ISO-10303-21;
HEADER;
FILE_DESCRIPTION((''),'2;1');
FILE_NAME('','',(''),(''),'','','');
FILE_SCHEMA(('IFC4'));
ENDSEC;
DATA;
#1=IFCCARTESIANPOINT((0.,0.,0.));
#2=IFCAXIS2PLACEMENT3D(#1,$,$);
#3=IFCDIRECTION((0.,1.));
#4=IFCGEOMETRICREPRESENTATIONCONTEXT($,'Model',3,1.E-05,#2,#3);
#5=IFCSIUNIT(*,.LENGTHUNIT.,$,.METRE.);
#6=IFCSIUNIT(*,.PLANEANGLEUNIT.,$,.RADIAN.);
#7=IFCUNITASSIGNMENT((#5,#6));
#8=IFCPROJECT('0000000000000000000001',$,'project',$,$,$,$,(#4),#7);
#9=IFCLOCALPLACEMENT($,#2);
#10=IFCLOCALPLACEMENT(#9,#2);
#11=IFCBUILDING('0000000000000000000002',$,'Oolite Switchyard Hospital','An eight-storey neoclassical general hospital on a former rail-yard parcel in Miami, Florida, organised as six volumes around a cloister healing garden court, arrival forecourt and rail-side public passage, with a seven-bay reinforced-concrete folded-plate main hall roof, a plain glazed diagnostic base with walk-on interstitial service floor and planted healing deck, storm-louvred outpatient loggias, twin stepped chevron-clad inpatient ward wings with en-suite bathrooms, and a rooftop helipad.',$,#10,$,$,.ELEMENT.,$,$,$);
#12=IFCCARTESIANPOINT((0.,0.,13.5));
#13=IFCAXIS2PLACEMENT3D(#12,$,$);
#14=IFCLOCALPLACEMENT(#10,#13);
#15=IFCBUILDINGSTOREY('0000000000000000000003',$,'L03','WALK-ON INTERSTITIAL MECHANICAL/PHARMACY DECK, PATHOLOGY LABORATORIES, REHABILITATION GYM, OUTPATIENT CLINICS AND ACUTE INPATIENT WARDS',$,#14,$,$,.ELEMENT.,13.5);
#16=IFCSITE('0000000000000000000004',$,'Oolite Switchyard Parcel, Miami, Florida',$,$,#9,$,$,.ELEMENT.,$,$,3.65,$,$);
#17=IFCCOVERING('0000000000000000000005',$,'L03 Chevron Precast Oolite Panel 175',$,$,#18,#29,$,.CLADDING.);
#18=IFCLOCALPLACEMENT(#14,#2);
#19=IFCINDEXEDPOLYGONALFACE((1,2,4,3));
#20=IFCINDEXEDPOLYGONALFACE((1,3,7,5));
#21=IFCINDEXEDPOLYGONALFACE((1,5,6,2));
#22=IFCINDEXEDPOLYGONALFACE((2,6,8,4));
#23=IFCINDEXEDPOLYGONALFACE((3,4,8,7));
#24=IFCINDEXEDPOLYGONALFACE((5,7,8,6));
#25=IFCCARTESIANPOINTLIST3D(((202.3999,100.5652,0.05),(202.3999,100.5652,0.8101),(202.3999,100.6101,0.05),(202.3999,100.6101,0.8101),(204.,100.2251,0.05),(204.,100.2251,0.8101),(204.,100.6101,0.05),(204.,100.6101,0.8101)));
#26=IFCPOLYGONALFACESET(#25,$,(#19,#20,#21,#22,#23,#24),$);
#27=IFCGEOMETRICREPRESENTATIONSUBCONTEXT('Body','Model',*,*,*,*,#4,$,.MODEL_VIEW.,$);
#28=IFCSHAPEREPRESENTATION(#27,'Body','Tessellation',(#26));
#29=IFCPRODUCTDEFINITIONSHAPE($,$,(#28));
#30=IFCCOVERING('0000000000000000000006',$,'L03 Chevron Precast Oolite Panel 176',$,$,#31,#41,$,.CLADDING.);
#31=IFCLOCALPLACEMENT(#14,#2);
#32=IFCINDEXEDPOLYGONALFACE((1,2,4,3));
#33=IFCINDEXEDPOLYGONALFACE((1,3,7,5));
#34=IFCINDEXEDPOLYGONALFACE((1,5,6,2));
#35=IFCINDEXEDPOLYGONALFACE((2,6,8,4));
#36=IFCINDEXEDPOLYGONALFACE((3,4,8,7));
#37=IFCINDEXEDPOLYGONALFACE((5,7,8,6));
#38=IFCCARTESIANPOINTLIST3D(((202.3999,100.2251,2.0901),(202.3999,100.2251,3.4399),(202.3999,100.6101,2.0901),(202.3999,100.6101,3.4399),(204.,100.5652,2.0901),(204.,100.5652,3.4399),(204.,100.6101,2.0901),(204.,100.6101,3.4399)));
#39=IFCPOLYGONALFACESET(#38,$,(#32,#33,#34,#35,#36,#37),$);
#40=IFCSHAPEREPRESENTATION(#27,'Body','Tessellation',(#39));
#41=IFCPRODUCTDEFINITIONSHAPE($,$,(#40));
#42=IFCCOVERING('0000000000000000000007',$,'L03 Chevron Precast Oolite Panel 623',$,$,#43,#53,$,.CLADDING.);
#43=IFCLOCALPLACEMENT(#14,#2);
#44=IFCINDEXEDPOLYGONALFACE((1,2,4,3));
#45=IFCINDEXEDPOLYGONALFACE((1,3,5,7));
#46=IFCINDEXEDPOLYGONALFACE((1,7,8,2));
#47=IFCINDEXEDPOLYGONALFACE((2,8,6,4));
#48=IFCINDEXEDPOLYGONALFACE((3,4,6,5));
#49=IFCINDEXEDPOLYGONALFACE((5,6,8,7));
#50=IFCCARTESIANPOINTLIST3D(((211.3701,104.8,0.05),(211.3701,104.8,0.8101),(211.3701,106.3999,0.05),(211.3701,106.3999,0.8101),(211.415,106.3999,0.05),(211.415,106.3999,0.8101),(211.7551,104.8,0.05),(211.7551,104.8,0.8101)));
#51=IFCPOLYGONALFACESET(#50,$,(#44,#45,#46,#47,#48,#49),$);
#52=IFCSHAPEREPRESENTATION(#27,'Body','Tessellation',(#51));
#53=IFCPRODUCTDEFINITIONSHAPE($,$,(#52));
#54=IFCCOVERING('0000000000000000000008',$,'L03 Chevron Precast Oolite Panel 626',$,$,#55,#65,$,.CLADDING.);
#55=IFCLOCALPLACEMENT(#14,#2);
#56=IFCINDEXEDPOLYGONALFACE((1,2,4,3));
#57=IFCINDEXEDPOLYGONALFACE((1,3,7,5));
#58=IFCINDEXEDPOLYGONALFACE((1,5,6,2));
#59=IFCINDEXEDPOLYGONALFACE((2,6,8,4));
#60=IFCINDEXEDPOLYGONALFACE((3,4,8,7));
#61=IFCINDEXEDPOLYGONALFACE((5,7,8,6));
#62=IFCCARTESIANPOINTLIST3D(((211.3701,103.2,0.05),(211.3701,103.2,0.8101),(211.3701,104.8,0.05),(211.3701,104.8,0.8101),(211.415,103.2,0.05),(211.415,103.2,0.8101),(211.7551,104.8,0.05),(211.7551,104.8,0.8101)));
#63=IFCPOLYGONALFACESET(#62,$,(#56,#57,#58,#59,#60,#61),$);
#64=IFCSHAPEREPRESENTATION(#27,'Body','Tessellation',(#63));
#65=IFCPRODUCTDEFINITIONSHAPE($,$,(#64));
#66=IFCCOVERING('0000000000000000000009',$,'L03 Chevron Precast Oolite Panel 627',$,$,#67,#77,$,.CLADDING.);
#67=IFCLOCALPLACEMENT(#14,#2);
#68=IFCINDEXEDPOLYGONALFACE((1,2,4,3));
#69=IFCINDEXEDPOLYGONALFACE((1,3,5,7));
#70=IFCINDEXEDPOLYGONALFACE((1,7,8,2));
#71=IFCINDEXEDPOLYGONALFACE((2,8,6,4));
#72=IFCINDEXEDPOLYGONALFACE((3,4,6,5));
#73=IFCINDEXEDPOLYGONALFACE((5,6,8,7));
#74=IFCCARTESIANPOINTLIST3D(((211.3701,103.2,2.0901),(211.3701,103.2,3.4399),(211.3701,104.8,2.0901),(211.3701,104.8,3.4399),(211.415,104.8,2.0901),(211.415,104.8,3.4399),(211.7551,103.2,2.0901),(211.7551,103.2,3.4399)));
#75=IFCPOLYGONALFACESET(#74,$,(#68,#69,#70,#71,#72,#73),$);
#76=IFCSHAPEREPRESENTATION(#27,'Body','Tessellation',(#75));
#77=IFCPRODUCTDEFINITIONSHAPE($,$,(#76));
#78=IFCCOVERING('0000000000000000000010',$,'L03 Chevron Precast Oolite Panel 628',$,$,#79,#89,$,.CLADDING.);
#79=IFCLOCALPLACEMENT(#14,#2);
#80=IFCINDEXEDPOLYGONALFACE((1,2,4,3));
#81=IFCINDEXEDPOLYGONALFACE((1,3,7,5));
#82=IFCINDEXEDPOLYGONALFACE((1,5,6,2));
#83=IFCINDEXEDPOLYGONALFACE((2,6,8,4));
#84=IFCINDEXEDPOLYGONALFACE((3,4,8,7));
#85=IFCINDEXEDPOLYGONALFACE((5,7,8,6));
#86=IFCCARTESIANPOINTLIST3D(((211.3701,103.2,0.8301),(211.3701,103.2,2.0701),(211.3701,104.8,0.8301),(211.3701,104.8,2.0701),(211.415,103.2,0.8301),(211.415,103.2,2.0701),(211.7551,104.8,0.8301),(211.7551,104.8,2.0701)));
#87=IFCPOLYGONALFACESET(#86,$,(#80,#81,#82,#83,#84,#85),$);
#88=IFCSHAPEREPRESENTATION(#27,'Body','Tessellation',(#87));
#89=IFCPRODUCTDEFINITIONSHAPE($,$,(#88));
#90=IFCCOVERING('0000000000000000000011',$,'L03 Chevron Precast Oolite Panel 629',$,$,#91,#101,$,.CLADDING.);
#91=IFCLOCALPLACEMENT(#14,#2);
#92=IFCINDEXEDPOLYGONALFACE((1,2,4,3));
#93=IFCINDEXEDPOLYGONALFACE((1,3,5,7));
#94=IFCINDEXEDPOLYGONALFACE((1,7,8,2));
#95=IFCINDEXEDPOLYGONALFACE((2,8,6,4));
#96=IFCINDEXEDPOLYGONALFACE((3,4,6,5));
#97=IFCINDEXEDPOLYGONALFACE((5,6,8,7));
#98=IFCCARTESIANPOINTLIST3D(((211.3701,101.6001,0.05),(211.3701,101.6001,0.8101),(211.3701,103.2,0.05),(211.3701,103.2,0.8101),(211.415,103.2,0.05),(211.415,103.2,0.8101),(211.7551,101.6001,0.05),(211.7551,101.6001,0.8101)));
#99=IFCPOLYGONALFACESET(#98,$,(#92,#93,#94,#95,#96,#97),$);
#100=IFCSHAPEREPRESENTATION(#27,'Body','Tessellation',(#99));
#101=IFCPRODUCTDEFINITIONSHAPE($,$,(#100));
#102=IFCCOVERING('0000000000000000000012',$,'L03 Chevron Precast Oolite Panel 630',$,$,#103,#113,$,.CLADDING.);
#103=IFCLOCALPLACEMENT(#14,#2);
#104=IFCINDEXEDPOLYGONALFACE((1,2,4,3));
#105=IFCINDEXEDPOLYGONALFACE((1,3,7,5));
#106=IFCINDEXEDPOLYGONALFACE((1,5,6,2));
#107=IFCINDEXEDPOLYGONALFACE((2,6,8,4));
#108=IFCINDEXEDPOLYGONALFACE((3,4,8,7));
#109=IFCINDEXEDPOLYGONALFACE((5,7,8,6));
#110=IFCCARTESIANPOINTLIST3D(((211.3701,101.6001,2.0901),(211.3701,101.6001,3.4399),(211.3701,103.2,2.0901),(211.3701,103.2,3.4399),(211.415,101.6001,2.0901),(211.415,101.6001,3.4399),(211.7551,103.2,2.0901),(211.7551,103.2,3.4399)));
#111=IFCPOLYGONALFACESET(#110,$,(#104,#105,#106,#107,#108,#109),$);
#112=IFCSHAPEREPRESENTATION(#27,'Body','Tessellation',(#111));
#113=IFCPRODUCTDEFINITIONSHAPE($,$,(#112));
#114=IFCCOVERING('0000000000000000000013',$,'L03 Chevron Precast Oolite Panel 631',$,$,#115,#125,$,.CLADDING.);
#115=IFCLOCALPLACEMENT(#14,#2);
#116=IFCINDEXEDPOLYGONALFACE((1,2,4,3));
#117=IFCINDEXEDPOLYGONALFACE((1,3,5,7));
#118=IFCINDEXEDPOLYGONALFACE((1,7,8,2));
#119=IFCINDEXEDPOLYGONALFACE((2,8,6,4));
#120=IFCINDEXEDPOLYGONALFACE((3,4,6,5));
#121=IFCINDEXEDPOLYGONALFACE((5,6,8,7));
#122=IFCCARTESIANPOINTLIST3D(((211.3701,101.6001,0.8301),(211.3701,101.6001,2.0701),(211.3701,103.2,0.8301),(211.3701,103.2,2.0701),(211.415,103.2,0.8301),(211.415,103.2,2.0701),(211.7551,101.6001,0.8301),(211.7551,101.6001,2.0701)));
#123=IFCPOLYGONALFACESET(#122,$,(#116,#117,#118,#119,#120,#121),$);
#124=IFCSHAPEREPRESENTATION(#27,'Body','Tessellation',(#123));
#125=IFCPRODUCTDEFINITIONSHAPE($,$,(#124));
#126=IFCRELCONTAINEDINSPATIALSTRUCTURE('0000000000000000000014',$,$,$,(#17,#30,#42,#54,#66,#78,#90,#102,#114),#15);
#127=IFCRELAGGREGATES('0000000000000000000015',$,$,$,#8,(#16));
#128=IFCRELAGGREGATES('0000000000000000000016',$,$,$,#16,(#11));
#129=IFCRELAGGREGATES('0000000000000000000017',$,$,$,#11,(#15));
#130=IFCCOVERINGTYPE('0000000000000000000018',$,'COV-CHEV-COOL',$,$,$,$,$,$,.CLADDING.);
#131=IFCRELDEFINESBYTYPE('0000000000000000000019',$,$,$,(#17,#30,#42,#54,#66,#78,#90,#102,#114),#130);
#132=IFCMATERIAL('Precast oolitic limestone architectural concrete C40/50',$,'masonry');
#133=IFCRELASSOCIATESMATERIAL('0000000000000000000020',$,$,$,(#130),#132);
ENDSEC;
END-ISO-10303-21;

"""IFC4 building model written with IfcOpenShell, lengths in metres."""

from ifc_helpers import new_model, si_unit, direction, frame, origin, place, context, subcontext, project, spatial, polyline, outline, extrude, material, type_object, element, save


model = new_model("IFC4")

# Units and contexts
model_context = context("Model", 3, precision=1e-05, world=origin(), true_north=direction((0.0, 1.0)))
body_context = subcontext(model_context, "Body", "Model", "MODEL_VIEW")
ifc_project = project(units=[si_unit("LENGTHUNIT", "METRE"), si_unit("PLANEANGLEUNIT", "RADIAN")], contexts=[model_context])

# Site, building, storey
site_placement = place(None, origin())
site = spatial("IfcSite", under=ifc_project, at=site_placement, Name="Oolite Switchyard Parcel, Miami, Florida", CompositionType="ELEMENT", RefElevation=3.65)
building_placement = place(site_placement, origin())
building = spatial("IfcBuilding", under=site, at=building_placement, Name="Oolite Switchyard Hospital", Description="An eight-storey neoclassical general hospital on a former rail-yard parcel in Miami, Florida, organised as six volumes around a cloister healing garden court, arrival forecourt and rail-side public passage, with a seven-bay reinforced-concrete folded-plate main hall roof, a plain glazed diagnostic base with walk-on interstitial service floor and planted healing deck, storm-louvred outpatient loggias, twin stepped chevron-clad inpatient ward wings with en-suite bathrooms, and a rooftop helipad.", CompositionType="ELEMENT")
storey_placement = place(building_placement, frame((0.0, 0.0, 13.5)))
storey = spatial("IfcBuildingStorey", under=building, at=storey_placement, Name="L03", Description="WALK-ON INTERSTITIAL MECHANICAL/PHARMACY DECK, PATHOLOGY LABORATORIES, REHABILITATION GYM, OUTPATIENT CLINICS AND ACUTE INPATIENT WARDS", CompositionType="ELEMENT", Elevation=13.5)

# Shared definitions
ifc_material_1 = material(Name="Precast oolitic limestone architectural concrete C40/50", Category="masonry")

# Coverings
covering_type = type_object("IfcCoveringType", Name="COV-CHEV-COOL", PredefinedType="CLADDING", material=ifc_material_1)
covering_1_placement = place(storey_placement, frame((204.0, 100.6101, 0.05), z_axis=(0.0, 0.0, 1.0), x_axis=(-1.0, 0.0, 0.0)))
element("IfcCovering", 1, at=covering_1_placement, inside=storey, type_object=covering_type, Name="L03 Chevron Precast Oolite Panel 175", PredefinedType="CLADDING", context=body_context, shape_type="SweptSolid", body=[
    extrude(outline(polyline([(0.0, 0.0), (1.6001, 0.0), (1.6001, 0.0449), (0.0, 0.385), (0.0, 0.0)])), origin(), (0.0, 0.0, 1.0), 0.76),
])
covering_2_placement = place(storey_placement, frame((204.0, 100.6101, 2.0901), z_axis=(0.0, 0.0, 1.0), x_axis=(-1.0, 0.0, 0.0)))
element("IfcCovering", 2, at=covering_2_placement, inside=storey, type_object=covering_type, Name="L03 Chevron Precast Oolite Panel 176", PredefinedType="CLADDING", context=body_context, shape_type="SweptSolid", body=[
    extrude(outline(polyline([(0.0, 0.0), (1.6001, 0.0), (1.6001, 0.385), (0.0, 0.0449), (0.0, 0.0)])), origin(), (0.0, 0.0, 1.0), 1.3499),
])
covering_3_placement = place(storey_placement, frame((211.3701, 106.3999, 0.05), z_axis=(0.0, 0.0, 1.0), x_axis=(0.0, -1.0, 0.0)))
element("IfcCovering", 3, at=covering_3_placement, inside=storey, type_object=covering_type, Name="L03 Chevron Precast Oolite Panel 623", PredefinedType="CLADDING", context=body_context, shape_type="SweptSolid", body=[
    extrude(outline(polyline([(0.0, 0.0), (1.5999, 0.0), (1.5999, 0.385), (0.0, 0.0449), (0.0, 0.0)])), origin(), (0.0, 0.0, 1.0), 0.76),
])
covering_4_placement = place(storey_placement, frame((211.3701, 104.8, 0.05), z_axis=(0.0, 0.0, 1.0), x_axis=(0.0, -1.0, 0.0)))
element("IfcCovering", 4, at=covering_4_placement, inside=storey, type_object=covering_type, Name="L03 Chevron Precast Oolite Panel 626", PredefinedType="CLADDING", context=body_context, shape_type="SweptSolid", body=[
    extrude(outline(polyline([(0.0, 0.0), (1.6001, 0.0), (1.6001, 0.0449), (0.0, 0.385), (0.0, 0.0)])), origin(), (0.0, 0.0, 1.0), 0.76),
])
covering_5_placement = place(storey_placement, frame((211.3701, 104.8, 2.0901), z_axis=(0.0, 0.0, 1.0), x_axis=(0.0, -1.0, 0.0)))
element("IfcCovering", 5, at=covering_5_placement, inside=storey, type_object=covering_type, Name="L03 Chevron Precast Oolite Panel 627", PredefinedType="CLADDING", context=body_context, shape_type="SweptSolid", body=[
    extrude(outline(polyline([(0.0, 0.0), (1.6001, 0.0), (1.6001, 0.385), (0.0, 0.0449), (0.0, 0.0)])), origin(), (0.0, 0.0, 1.0), 1.3499),
])
covering_6_placement = place(storey_placement, frame((211.3701, 104.8, 0.8301), z_axis=(0.0, 0.0, 1.0), x_axis=(0.0, -1.0, 0.0)))
element("IfcCovering", 6, at=covering_6_placement, inside=storey, type_object=covering_type, Name="L03 Chevron Precast Oolite Panel 628", PredefinedType="CLADDING", context=body_context, shape_type="SweptSolid", body=[
    extrude(outline(polyline([(0.0, 0.0), (1.6001, 0.0), (1.6001, 0.0449), (0.0, 0.385), (0.0, 0.0)])), origin(), (0.0, 0.0, 1.0), 1.24),
])
covering_7_placement = place(storey_placement, frame((211.3701, 103.2, 0.05), z_axis=(0.0, 0.0, 1.0), x_axis=(0.0, -1.0, 0.0)))
element("IfcCovering", 7, at=covering_7_placement, inside=storey, type_object=covering_type, Name="L03 Chevron Precast Oolite Panel 629", PredefinedType="CLADDING", context=body_context, shape_type="SweptSolid", body=[
    extrude(outline(polyline([(0.0, 0.0), (1.5999, 0.0), (1.5999, 0.385), (0.0, 0.0449), (0.0, 0.0)])), origin(), (0.0, 0.0, 1.0), 0.76),
])
covering_8_placement = place(storey_placement, frame((211.3701, 103.2, 2.0901), z_axis=(0.0, 0.0, 1.0), x_axis=(0.0, -1.0, 0.0)))
element("IfcCovering", 8, at=covering_8_placement, inside=storey, type_object=covering_type, Name="L03 Chevron Precast Oolite Panel 630", PredefinedType="CLADDING", context=body_context, shape_type="SweptSolid", body=[
    extrude(outline(polyline([(0.0, 0.0), (1.5999, 0.0), (1.5999, 0.0449), (0.0, 0.385), (0.0, 0.0)])), origin(), (0.0, 0.0, 1.0), 1.3499),
])
covering_9_placement = place(storey_placement, frame((211.3701, 103.2, 0.8301), z_axis=(0.0, 0.0, 1.0), x_axis=(0.0, -1.0, 0.0)))
element("IfcCovering", 9, at=covering_9_placement, inside=storey, type_object=covering_type, Name="L03 Chevron Precast Oolite Panel 631", PredefinedType="CLADDING", context=body_context, shape_type="SweptSolid", body=[
    extrude(outline(polyline([(0.0, 0.0), (1.5999, 0.0), (1.5999, 0.385), (0.0, 0.0449), (0.0, 0.0)])), origin(), (0.0, 0.0, 1.0), 1.24),
])

save(model, "model.ifc")
